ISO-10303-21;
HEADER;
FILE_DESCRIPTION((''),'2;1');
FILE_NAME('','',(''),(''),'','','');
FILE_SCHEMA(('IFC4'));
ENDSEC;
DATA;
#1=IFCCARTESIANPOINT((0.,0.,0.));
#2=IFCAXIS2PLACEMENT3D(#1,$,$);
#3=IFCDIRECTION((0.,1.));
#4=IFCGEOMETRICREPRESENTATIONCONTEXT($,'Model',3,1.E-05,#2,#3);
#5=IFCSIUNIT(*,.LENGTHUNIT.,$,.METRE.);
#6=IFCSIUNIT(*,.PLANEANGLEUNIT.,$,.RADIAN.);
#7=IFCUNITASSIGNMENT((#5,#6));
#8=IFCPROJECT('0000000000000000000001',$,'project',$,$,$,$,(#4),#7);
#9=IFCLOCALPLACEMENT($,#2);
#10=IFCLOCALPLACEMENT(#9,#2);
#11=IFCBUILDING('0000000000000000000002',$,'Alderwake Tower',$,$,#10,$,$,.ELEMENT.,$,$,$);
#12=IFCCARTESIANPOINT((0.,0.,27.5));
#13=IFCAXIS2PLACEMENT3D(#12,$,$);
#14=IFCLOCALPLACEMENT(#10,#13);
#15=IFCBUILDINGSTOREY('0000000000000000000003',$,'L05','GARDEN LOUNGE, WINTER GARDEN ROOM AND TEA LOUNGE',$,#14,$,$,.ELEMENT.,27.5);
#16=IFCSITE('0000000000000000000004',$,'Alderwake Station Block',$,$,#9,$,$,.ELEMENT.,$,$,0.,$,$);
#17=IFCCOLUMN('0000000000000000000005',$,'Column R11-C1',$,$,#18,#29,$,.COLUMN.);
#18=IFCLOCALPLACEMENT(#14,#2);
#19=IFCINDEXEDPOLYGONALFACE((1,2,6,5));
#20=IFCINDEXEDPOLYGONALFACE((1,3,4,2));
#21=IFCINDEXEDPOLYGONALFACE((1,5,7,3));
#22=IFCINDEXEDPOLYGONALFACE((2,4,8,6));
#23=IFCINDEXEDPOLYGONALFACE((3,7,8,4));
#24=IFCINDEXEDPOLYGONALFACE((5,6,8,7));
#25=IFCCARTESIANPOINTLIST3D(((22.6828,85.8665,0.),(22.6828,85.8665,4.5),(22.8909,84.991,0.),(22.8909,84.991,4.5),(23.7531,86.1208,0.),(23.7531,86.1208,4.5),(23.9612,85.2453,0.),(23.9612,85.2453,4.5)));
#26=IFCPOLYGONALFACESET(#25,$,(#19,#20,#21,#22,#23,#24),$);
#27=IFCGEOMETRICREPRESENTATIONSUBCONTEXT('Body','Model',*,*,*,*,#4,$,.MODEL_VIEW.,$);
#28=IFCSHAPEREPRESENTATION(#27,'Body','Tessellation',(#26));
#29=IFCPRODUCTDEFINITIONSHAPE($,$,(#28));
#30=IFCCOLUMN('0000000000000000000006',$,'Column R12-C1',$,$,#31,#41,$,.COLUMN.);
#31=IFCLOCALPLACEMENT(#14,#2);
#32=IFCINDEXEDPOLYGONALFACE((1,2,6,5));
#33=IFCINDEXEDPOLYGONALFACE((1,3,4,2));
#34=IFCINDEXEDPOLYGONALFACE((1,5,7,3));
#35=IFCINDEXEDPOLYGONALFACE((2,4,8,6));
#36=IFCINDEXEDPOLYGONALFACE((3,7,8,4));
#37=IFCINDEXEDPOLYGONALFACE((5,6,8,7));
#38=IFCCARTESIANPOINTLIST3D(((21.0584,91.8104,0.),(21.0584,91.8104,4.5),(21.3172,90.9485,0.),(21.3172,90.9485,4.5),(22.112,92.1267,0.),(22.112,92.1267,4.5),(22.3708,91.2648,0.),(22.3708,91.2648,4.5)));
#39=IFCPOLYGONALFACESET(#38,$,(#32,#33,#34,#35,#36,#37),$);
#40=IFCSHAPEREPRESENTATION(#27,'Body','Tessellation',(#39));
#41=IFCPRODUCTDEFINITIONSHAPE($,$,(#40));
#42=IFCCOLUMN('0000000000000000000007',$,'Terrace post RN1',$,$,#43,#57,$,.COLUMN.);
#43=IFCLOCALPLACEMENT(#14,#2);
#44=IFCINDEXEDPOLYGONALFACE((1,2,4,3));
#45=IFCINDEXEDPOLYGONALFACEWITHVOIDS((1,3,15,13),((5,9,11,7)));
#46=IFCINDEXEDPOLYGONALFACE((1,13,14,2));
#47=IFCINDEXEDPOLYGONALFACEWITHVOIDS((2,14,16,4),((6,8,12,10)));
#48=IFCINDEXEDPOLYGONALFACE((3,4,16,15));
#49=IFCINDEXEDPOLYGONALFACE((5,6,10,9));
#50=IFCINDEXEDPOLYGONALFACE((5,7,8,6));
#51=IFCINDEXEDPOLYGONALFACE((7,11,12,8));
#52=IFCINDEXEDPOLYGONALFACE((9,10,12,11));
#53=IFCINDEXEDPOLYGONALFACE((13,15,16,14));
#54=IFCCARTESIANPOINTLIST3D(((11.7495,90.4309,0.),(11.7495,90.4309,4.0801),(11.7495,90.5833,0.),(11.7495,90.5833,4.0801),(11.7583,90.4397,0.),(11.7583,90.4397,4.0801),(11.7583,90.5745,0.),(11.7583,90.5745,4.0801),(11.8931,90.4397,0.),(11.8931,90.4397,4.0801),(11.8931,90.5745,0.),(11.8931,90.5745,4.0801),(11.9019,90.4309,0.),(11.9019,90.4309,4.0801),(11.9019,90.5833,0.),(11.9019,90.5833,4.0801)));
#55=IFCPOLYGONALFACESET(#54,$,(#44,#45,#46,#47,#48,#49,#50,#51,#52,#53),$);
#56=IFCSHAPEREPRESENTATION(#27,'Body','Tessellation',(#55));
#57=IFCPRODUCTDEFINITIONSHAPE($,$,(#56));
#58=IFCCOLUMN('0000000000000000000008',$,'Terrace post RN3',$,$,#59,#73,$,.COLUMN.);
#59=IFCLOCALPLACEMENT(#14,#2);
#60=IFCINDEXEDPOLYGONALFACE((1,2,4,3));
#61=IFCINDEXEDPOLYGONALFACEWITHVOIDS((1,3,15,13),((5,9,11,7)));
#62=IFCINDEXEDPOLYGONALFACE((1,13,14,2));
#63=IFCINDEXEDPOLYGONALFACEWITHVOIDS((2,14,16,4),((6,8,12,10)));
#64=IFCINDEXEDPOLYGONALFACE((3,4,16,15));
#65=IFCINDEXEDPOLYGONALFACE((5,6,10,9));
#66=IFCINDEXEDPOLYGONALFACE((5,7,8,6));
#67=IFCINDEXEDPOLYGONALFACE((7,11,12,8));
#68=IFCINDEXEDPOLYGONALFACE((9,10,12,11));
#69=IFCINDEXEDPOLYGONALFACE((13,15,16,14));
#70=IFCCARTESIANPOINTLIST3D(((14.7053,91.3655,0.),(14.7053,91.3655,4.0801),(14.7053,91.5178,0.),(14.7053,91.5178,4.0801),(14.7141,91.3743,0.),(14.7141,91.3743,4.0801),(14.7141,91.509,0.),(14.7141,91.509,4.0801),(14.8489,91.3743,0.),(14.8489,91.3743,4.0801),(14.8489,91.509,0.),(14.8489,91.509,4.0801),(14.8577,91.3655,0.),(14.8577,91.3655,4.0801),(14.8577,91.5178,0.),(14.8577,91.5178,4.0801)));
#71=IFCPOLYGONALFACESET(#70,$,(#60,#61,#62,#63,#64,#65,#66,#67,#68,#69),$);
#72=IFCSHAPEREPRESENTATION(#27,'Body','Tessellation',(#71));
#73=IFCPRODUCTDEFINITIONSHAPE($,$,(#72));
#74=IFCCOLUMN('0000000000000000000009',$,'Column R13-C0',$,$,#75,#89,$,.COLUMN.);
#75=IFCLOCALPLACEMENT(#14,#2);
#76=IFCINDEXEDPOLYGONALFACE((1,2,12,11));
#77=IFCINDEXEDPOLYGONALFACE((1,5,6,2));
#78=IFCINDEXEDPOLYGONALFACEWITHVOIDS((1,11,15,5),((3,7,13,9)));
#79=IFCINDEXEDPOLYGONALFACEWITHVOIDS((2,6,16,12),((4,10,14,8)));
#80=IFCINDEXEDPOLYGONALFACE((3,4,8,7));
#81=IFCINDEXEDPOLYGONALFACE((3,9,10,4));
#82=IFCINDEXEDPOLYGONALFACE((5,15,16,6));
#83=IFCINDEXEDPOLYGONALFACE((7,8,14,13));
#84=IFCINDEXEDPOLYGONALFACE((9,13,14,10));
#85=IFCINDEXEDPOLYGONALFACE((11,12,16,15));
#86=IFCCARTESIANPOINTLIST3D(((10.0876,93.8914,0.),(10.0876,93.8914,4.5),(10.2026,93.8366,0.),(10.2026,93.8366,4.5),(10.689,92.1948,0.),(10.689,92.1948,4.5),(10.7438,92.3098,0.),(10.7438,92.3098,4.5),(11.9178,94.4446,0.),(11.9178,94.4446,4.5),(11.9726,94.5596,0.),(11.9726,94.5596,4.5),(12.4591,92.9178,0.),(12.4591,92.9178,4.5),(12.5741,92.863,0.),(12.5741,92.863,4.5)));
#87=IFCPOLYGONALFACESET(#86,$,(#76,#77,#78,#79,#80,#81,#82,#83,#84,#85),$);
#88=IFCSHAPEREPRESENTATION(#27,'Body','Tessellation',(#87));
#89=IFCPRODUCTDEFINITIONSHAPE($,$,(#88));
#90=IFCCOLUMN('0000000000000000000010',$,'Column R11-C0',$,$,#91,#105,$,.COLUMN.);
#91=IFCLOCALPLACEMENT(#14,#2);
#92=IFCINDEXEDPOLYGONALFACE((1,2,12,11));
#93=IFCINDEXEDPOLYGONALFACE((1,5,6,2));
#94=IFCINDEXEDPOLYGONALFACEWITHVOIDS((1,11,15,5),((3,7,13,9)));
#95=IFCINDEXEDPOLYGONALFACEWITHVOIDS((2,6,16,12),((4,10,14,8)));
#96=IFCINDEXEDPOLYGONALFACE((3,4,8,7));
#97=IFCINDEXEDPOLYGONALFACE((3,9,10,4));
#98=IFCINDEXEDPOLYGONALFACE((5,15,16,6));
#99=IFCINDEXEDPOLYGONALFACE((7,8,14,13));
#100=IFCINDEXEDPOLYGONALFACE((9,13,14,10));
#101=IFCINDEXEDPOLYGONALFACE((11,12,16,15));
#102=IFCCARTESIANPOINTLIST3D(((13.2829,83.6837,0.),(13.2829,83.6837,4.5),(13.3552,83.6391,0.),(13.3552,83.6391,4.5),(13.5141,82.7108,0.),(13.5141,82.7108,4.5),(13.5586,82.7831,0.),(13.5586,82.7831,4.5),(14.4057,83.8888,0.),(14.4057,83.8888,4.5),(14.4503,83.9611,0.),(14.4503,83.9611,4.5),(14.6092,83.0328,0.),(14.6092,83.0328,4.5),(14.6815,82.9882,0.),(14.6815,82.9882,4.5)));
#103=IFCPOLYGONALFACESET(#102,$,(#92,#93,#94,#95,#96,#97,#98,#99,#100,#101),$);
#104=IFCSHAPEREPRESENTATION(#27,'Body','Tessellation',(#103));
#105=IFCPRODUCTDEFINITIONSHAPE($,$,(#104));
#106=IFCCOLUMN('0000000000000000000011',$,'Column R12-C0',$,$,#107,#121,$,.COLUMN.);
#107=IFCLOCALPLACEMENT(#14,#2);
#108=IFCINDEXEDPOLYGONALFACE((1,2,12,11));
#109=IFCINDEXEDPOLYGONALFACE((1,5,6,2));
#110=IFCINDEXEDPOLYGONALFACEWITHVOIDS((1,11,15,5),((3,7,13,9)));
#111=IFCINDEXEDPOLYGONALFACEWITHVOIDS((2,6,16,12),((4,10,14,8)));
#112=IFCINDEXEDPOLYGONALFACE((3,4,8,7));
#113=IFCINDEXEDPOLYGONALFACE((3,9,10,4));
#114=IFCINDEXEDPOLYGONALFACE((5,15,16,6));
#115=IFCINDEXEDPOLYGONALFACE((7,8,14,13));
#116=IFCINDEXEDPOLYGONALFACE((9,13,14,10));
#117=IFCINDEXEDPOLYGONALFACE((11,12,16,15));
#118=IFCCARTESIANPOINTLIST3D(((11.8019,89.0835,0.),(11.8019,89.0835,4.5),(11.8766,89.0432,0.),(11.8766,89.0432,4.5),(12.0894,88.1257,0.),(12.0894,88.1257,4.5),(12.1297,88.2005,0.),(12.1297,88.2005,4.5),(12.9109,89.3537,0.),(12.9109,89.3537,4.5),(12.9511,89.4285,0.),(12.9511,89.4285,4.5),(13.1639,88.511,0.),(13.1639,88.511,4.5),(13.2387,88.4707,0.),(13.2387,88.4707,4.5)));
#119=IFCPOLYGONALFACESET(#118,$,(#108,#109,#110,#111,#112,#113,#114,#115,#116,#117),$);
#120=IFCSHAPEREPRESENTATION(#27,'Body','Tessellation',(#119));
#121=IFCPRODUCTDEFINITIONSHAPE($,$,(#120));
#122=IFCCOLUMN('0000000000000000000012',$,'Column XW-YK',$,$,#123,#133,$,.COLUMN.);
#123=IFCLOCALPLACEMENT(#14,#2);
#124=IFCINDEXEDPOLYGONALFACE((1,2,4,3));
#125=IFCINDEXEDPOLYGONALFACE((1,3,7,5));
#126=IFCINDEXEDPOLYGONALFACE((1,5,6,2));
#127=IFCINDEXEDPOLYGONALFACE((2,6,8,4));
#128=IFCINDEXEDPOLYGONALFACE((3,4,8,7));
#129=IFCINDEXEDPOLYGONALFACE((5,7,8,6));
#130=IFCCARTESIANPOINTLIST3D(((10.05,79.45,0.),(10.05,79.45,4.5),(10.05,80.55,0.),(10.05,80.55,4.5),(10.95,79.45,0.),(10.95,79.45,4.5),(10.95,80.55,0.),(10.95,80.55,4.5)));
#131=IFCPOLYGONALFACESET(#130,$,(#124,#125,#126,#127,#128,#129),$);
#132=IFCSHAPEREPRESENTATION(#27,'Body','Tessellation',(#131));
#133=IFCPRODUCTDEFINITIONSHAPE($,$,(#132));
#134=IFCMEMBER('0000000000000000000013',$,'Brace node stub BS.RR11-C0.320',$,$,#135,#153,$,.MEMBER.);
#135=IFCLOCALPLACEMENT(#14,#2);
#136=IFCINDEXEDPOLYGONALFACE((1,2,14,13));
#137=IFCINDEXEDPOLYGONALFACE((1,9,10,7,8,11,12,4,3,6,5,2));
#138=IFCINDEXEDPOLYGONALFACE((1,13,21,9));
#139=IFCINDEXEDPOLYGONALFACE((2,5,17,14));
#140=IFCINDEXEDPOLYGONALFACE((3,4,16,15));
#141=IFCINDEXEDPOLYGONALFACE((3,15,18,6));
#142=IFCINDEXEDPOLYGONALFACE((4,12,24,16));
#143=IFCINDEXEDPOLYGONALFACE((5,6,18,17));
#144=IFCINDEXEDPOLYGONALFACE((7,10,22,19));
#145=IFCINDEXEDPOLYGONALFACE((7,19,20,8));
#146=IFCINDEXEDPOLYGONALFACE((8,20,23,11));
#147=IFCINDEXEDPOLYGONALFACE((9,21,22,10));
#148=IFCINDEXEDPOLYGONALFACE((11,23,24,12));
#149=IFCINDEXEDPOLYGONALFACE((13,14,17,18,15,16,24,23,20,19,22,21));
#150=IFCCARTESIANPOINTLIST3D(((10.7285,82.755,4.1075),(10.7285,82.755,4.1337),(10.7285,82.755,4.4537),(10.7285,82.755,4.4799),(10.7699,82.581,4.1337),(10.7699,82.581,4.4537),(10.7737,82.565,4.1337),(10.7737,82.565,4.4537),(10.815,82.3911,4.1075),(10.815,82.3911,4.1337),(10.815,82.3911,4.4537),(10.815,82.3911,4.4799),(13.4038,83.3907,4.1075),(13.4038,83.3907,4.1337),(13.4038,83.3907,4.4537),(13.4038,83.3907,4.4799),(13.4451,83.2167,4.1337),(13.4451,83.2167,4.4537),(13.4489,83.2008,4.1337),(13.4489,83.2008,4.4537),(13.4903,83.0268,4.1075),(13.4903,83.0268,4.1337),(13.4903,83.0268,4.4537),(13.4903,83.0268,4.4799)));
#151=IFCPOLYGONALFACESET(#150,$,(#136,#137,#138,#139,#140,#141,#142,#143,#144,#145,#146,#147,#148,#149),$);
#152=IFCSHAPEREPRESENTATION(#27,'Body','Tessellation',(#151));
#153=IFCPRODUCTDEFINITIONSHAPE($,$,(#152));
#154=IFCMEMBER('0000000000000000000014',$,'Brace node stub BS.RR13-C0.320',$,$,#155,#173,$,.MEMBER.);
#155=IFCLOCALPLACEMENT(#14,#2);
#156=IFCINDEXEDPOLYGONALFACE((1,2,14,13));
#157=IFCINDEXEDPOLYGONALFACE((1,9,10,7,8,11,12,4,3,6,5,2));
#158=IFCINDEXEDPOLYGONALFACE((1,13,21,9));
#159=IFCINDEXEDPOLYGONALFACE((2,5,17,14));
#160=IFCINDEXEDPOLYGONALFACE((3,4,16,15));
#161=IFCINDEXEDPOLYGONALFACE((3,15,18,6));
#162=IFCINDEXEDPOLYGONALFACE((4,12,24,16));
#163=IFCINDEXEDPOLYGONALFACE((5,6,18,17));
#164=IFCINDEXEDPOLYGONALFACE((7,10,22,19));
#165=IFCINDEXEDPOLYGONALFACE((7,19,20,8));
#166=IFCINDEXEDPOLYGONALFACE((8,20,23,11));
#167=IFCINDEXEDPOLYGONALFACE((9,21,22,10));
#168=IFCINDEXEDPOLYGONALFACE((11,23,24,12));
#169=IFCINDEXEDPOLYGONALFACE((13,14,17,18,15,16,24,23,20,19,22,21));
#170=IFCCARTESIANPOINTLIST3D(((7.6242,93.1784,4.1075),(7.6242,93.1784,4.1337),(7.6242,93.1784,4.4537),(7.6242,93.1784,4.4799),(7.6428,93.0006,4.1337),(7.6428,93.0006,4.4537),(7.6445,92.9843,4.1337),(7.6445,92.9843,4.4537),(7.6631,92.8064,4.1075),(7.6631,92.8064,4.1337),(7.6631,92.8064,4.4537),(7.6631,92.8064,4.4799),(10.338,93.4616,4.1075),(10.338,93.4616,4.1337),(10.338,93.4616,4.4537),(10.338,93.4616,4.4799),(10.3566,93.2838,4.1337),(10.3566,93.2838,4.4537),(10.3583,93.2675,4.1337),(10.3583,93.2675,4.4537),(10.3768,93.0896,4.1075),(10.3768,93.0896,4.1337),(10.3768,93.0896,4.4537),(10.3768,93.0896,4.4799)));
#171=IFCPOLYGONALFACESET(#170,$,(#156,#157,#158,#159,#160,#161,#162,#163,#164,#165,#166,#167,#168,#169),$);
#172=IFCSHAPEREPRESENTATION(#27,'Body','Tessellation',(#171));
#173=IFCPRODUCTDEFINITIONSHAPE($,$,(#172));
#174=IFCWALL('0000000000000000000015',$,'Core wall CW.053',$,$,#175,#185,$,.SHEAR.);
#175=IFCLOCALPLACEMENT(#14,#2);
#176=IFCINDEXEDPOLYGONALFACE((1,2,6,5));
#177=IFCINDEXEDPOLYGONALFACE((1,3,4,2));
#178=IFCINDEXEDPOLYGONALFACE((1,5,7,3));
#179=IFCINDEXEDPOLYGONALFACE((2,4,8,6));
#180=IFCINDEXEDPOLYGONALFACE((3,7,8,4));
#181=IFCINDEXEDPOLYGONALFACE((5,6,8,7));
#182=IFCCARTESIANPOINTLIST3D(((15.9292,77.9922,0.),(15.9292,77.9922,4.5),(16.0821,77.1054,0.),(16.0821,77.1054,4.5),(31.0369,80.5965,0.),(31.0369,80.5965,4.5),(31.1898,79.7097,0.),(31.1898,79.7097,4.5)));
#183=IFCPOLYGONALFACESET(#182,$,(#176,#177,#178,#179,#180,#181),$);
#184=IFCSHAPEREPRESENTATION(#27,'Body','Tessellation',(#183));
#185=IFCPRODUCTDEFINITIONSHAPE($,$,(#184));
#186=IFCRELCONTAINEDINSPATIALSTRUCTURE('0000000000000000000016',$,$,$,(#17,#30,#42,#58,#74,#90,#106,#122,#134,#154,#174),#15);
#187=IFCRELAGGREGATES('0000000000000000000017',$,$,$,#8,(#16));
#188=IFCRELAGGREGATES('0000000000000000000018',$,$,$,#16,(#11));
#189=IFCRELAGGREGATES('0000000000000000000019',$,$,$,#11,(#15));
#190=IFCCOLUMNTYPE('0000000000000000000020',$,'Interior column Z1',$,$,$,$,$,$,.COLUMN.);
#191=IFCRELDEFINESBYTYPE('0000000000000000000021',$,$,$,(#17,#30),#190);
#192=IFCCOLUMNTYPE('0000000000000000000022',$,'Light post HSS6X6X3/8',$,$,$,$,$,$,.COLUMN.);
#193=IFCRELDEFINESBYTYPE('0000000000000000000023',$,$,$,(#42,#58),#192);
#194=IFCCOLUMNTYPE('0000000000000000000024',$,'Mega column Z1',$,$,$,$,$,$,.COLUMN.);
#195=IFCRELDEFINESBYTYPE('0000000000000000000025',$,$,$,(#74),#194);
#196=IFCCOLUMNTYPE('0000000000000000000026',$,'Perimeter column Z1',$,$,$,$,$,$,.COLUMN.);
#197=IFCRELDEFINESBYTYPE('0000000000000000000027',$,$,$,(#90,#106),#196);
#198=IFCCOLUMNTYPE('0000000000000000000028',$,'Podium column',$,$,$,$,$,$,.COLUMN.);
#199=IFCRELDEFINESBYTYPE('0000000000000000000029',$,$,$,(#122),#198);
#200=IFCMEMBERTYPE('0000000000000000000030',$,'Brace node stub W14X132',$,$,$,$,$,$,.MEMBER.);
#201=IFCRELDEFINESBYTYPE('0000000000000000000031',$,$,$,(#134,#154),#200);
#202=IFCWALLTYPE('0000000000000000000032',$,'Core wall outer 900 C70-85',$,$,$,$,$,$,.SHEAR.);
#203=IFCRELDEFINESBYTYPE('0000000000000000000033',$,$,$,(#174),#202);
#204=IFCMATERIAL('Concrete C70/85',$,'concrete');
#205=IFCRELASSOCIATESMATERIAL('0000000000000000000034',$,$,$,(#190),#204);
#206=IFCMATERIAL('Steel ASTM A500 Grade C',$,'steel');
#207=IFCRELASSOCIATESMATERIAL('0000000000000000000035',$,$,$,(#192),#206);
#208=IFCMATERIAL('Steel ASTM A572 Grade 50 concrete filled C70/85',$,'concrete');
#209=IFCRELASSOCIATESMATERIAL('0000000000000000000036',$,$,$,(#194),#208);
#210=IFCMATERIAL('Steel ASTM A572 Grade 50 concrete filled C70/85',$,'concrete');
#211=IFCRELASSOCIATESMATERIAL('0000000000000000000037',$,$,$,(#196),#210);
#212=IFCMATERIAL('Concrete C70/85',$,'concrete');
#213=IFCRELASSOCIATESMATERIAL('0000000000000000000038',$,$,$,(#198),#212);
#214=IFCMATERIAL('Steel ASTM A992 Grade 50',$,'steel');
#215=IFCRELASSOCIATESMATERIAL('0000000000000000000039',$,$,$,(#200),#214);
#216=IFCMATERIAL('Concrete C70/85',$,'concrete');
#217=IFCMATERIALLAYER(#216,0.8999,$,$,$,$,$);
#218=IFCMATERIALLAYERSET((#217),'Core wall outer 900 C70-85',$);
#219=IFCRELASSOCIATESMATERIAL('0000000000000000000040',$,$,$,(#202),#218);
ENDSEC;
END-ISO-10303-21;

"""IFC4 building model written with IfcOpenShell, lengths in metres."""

from ifc_helpers import new_model, si_unit, direction, frame, frame_2d, origin, origin_2d, place, context, subcontext, project, spatial, rectangle, hollow_rectangle, i_section, extrude, material, layer, layer_set, material_profile, profile_set, type_object, element, save


model = new_model("IFC4")

# Units and contexts
model_context = context("Model", 3, precision=1e-05, world=origin(), true_north=direction((0.0, 1.0)))
body_context = subcontext(model_context, "Body", "Model", "MODEL_VIEW")
ifc_project = project(units=[si_unit("LENGTHUNIT", "METRE"), si_unit("PLANEANGLEUNIT", "RADIAN")], contexts=[model_context])

# Site, building, storey
site_placement = place(None, origin())
site = spatial("IfcSite", under=ifc_project, at=site_placement, Name="Alderwake Station Block", CompositionType="ELEMENT", RefElevation=0.0)
building_placement = place(site_placement, origin())
building = spatial("IfcBuilding", under=site, at=building_placement, Name="Alderwake Tower", CompositionType="ELEMENT")
storey_placement = place(building_placement, frame((0.0, 0.0, 27.5)))
storey = spatial("IfcBuildingStorey", under=building, at=storey_placement, Name="L05", Description="GARDEN LOUNGE, WINTER GARDEN ROOM AND TEA LOUNGE", CompositionType="ELEMENT", Elevation=27.5)

# Columns
ifc_material_1 = material(Name="Concrete C70/85", Category="concrete")
ifc_material_profile_1 = material_profile(ifc_material_1, rectangle(XDim=0.8999, YDim=1.1001, at=origin_2d()), Name="RC 1100X900")
ifc_profile_set_1 = profile_set([ifc_material_profile_1], Name="Concrete C70/85")
column_type_1 = type_object("IfcColumnType", Name="Interior column Z1", PredefinedType="COLUMN", material=ifc_profile_set_1)
for number, where, z_axis, x_axis, name in (
    (1, (23.322, 85.5559, 0.0), (0.0, 0.0, 1.0), (-0.231222, 0.972901, 0.0), "Column R11-C1"),
    (2, (21.7146, 91.5376, 0.0), (0.0, 0.0, 1.0), (-0.287549, 0.957766, 0.0), "Column R12-C1"),
):
    element("IfcColumn", number, at=place(storey_placement, frame(where, z_axis=z_axis, x_axis=x_axis)), inside=storey, type_object=column_type_1, Name=name, PredefinedType="COLUMN", context=body_context, shape_type="SweptSolid", body=[
        extrude(rectangle(XDim=0.8999, YDim=1.1001, at=origin_2d()), origin(), (0.0, 0.0, 1.0), 4.5),
    ])
ifc_material_2 = material(Name="Steel ASTM A500 Grade C", Category="steel")
ifc_material_profile_2 = material_profile(ifc_material_2, hollow_rectangle(XDim=0.1523, YDim=0.1523, WallThickness=0.0088, at=origin_2d()), Name="HSS6X6X3/8")
ifc_profile_set_2 = profile_set([ifc_material_profile_2], Name="Steel ASTM A500 Grade C")
column_type_2 = type_object("IfcColumnType", Name="Light post HSS6X6X3/8", PredefinedType="COLUMN", material=ifc_profile_set_2)
for number, where, z_axis, x_axis, name in (
    (3, (11.8257, 90.5071, 0.0), (0.0, 0.0, 1.0), (1.0, 0.0, 0.0), "Terrace post RN1"),
    (4, (14.7815, 91.4417, 0.0), (0.0, 0.0, 1.0), (1.0, 0.0, 0.0), "Terrace post RN3"),
):
    element("IfcColumn", number, at=place(storey_placement, frame(where, z_axis=z_axis, x_axis=x_axis)), inside=storey, type_object=column_type_2, Name=name, PredefinedType="COLUMN", context=body_context, shape_type="SweptSolid", body=[
        extrude(hollow_rectangle(XDim=0.1523, YDim=0.1523, WallThickness=0.0088, at=origin_2d()), origin(), (0.0, 0.0, 1.0), 4.0801),
    ])
ifc_material_3 = material(Name="Steel ASTM A572 Grade 50 concrete filled C70/85", Category="concrete")
ifc_material_profile_3 = material_profile(ifc_material_3, hollow_rectangle(XDim=1.8, YDim=2.0, WallThickness=0.0901, at=origin_2d()), Name="BOX 2000X1800X90")
ifc_profile_set_3 = profile_set([ifc_material_profile_3], Name="Steel ASTM A572 Grade 50 concrete filled C70/85")
column_type_3 = type_object("IfcColumnType", Name="Mega column Z1", PredefinedType="COLUMN", material=ifc_profile_set_3)
column_1_placement = place(storey_placement, frame((11.3308, 93.3772, 0.0), z_axis=(0.0, 0.0, 1.0), x_axis=(-0.334131, 0.942527, 0.0)))
element("IfcColumn", 5, at=column_1_placement, inside=storey, type_object=column_type_3, Name="Column R13-C0", PredefinedType="COLUMN", context=body_context, shape_type="SweptSolid", body=[
    extrude(hollow_rectangle(XDim=1.8, YDim=2.0, WallThickness=0.0901, at=origin_2d()), origin(), (0.0, 0.0, 1.0), 4.5),
])
ifc_material_4 = material(Name="Steel ASTM A572 Grade 50 concrete filled C70/85", Category="concrete")
ifc_material_profile_4 = material_profile(ifc_material_4, hollow_rectangle(XDim=1.0, YDim=1.2, WallThickness=0.0601, at=origin_2d()), Name="BOX 1200X1000X60")
ifc_profile_set_4 = profile_set([ifc_material_profile_4], Name="Steel ASTM A572 Grade 50 concrete filled C70/85")
column_type_4 = type_object("IfcColumnType", Name="Perimeter column Z1", PredefinedType="COLUMN", material=ifc_profile_set_4)
for number, where, z_axis, x_axis, name in (
    (6, (13.9822, 83.3359, 0.0), (0.0, 0.0, 1.0), (-0.231222, 0.972901, 0.0), "Column R11-C0"),
    (7, (12.5203, 88.7771, 0.0), (0.0, 0.0, 1.0), (-0.287549, 0.957766, 0.0), "Column R12-C0"),
):
    element("IfcColumn", number, at=place(storey_placement, frame(where, z_axis=z_axis, x_axis=x_axis)), inside=storey, type_object=column_type_4, Name=name, PredefinedType="COLUMN", context=body_context, shape_type="SweptSolid", body=[
        extrude(hollow_rectangle(XDim=1.0, YDim=1.2, WallThickness=0.0601, at=origin_2d()), origin(), (0.0, 0.0, 1.0), 4.5),
    ])
ifc_material_5 = material(Name="Concrete C70/85", Category="concrete")
ifc_material_profile_5 = material_profile(ifc_material_5, rectangle(XDim=0.8999, YDim=1.1001, at=origin_2d()), Name="RC 1100X900")
ifc_profile_set_5 = profile_set([ifc_material_profile_5], Name="Concrete C70/85")
column_type_5 = type_object("IfcColumnType", Name="Podium column", PredefinedType="COLUMN", material=ifc_profile_set_5)
column_2_placement = place(storey_placement, frame((10.5, 80.0, 0.0), z_axis=(0.0, 0.0, 1.0), x_axis=(1.0, 0.0, 0.0)))
element("IfcColumn", 8, at=column_2_placement, inside=storey, type_object=column_type_5, Name="Column XW-YK", PredefinedType="COLUMN", context=body_context, shape_type="SweptSolid", body=[
    extrude(rectangle(XDim=0.8999, YDim=1.1001, at=origin_2d()), origin(), (0.0, 0.0, 1.0), 4.5),
])

# Members
ifc_material_6 = material(Name="Steel ASTM A992 Grade 50", Category="steel")
ifc_material_profile_6 = material_profile(ifc_material_6, i_section(OverallWidth=0.374, OverallDepth=0.3723, WebThickness=0.0164, FlangeThickness=0.0261, at=origin_2d()), Name="W14X132")
ifc_profile_set_6 = profile_set([ifc_material_profile_6], Name="Steel ASTM A992 Grade 50")
member_type = type_object("IfcMemberType", Name="Brace node stub W14X132", PredefinedType="MEMBER", material=ifc_profile_set_6)
member_1_placement = place(storey_placement, frame((13.447, 83.2087, 4.2937), z_axis=(-0.972907, -0.231196, 0.0), x_axis=(0.231196, -0.972907, 0.0)))
element("IfcMember", 9, at=member_1_placement, inside=storey, type_object=member_type, Name="Brace node stub BS.RR11-C0.320", PredefinedType="MEMBER", context=body_context, shape_type="SweptSolid", body=[
    extrude(i_section(OverallWidth=0.374, OverallDepth=0.3723, WebThickness=0.0164, FlangeThickness=0.0261, at=origin_2d()), origin(), (0.0, 0.0, 1.0), 2.7498),
])
member_2_placement = place(storey_placement, frame((10.3574, 93.2756, 4.2937), z_axis=(-0.994599, -0.10379, 0.0), x_axis=(0.10379, -0.994599, 0.0)))
element("IfcMember", 10, at=member_2_placement, inside=storey, type_object=member_type, Name="Brace node stub BS.RR13-C0.320", PredefinedType="MEMBER", context=body_context, shape_type="SweptSolid", body=[
    extrude(i_section(OverallWidth=0.374, OverallDepth=0.3723, WebThickness=0.0164, FlangeThickness=0.0261, at=origin_2d()), origin(), (0.0, 0.0, 1.0), 2.7285),
])

# Wall
ifc_material_7 = material(Name="Concrete C70/85", Category="concrete")
ifc_layer_1 = layer(ifc_material_7, 0.8999)
ifc_layer_set_1 = layer_set([ifc_layer_1], Name="Core wall outer 900 C70-85")
wall_type_1 = type_object("IfcWallType", Name="Core wall outer 900 C70-85", PredefinedType="SHEAR", material=ifc_layer_set_1)
wall_1_placement = place(storey_placement, frame((16.0056, 77.5488, 0.0), z_axis=(0.0, 0.0, 1.0), x_axis=(0.985466, 0.169874, 0.0)))
element("IfcWall", 11, at=wall_1_placement, inside=storey, type_object=wall_type_1, Name="Core wall CW.053", PredefinedType="SHEAR", context=body_context, shape_type="SweptSolid", body=[
    extrude(rectangle(XDim=15.3306, YDim=0.8999, at=frame_2d((7.6653, 0.0))), origin(), (0.0, 0.0, 1.0), 4.5),
])

save(model, "model.ifc")
